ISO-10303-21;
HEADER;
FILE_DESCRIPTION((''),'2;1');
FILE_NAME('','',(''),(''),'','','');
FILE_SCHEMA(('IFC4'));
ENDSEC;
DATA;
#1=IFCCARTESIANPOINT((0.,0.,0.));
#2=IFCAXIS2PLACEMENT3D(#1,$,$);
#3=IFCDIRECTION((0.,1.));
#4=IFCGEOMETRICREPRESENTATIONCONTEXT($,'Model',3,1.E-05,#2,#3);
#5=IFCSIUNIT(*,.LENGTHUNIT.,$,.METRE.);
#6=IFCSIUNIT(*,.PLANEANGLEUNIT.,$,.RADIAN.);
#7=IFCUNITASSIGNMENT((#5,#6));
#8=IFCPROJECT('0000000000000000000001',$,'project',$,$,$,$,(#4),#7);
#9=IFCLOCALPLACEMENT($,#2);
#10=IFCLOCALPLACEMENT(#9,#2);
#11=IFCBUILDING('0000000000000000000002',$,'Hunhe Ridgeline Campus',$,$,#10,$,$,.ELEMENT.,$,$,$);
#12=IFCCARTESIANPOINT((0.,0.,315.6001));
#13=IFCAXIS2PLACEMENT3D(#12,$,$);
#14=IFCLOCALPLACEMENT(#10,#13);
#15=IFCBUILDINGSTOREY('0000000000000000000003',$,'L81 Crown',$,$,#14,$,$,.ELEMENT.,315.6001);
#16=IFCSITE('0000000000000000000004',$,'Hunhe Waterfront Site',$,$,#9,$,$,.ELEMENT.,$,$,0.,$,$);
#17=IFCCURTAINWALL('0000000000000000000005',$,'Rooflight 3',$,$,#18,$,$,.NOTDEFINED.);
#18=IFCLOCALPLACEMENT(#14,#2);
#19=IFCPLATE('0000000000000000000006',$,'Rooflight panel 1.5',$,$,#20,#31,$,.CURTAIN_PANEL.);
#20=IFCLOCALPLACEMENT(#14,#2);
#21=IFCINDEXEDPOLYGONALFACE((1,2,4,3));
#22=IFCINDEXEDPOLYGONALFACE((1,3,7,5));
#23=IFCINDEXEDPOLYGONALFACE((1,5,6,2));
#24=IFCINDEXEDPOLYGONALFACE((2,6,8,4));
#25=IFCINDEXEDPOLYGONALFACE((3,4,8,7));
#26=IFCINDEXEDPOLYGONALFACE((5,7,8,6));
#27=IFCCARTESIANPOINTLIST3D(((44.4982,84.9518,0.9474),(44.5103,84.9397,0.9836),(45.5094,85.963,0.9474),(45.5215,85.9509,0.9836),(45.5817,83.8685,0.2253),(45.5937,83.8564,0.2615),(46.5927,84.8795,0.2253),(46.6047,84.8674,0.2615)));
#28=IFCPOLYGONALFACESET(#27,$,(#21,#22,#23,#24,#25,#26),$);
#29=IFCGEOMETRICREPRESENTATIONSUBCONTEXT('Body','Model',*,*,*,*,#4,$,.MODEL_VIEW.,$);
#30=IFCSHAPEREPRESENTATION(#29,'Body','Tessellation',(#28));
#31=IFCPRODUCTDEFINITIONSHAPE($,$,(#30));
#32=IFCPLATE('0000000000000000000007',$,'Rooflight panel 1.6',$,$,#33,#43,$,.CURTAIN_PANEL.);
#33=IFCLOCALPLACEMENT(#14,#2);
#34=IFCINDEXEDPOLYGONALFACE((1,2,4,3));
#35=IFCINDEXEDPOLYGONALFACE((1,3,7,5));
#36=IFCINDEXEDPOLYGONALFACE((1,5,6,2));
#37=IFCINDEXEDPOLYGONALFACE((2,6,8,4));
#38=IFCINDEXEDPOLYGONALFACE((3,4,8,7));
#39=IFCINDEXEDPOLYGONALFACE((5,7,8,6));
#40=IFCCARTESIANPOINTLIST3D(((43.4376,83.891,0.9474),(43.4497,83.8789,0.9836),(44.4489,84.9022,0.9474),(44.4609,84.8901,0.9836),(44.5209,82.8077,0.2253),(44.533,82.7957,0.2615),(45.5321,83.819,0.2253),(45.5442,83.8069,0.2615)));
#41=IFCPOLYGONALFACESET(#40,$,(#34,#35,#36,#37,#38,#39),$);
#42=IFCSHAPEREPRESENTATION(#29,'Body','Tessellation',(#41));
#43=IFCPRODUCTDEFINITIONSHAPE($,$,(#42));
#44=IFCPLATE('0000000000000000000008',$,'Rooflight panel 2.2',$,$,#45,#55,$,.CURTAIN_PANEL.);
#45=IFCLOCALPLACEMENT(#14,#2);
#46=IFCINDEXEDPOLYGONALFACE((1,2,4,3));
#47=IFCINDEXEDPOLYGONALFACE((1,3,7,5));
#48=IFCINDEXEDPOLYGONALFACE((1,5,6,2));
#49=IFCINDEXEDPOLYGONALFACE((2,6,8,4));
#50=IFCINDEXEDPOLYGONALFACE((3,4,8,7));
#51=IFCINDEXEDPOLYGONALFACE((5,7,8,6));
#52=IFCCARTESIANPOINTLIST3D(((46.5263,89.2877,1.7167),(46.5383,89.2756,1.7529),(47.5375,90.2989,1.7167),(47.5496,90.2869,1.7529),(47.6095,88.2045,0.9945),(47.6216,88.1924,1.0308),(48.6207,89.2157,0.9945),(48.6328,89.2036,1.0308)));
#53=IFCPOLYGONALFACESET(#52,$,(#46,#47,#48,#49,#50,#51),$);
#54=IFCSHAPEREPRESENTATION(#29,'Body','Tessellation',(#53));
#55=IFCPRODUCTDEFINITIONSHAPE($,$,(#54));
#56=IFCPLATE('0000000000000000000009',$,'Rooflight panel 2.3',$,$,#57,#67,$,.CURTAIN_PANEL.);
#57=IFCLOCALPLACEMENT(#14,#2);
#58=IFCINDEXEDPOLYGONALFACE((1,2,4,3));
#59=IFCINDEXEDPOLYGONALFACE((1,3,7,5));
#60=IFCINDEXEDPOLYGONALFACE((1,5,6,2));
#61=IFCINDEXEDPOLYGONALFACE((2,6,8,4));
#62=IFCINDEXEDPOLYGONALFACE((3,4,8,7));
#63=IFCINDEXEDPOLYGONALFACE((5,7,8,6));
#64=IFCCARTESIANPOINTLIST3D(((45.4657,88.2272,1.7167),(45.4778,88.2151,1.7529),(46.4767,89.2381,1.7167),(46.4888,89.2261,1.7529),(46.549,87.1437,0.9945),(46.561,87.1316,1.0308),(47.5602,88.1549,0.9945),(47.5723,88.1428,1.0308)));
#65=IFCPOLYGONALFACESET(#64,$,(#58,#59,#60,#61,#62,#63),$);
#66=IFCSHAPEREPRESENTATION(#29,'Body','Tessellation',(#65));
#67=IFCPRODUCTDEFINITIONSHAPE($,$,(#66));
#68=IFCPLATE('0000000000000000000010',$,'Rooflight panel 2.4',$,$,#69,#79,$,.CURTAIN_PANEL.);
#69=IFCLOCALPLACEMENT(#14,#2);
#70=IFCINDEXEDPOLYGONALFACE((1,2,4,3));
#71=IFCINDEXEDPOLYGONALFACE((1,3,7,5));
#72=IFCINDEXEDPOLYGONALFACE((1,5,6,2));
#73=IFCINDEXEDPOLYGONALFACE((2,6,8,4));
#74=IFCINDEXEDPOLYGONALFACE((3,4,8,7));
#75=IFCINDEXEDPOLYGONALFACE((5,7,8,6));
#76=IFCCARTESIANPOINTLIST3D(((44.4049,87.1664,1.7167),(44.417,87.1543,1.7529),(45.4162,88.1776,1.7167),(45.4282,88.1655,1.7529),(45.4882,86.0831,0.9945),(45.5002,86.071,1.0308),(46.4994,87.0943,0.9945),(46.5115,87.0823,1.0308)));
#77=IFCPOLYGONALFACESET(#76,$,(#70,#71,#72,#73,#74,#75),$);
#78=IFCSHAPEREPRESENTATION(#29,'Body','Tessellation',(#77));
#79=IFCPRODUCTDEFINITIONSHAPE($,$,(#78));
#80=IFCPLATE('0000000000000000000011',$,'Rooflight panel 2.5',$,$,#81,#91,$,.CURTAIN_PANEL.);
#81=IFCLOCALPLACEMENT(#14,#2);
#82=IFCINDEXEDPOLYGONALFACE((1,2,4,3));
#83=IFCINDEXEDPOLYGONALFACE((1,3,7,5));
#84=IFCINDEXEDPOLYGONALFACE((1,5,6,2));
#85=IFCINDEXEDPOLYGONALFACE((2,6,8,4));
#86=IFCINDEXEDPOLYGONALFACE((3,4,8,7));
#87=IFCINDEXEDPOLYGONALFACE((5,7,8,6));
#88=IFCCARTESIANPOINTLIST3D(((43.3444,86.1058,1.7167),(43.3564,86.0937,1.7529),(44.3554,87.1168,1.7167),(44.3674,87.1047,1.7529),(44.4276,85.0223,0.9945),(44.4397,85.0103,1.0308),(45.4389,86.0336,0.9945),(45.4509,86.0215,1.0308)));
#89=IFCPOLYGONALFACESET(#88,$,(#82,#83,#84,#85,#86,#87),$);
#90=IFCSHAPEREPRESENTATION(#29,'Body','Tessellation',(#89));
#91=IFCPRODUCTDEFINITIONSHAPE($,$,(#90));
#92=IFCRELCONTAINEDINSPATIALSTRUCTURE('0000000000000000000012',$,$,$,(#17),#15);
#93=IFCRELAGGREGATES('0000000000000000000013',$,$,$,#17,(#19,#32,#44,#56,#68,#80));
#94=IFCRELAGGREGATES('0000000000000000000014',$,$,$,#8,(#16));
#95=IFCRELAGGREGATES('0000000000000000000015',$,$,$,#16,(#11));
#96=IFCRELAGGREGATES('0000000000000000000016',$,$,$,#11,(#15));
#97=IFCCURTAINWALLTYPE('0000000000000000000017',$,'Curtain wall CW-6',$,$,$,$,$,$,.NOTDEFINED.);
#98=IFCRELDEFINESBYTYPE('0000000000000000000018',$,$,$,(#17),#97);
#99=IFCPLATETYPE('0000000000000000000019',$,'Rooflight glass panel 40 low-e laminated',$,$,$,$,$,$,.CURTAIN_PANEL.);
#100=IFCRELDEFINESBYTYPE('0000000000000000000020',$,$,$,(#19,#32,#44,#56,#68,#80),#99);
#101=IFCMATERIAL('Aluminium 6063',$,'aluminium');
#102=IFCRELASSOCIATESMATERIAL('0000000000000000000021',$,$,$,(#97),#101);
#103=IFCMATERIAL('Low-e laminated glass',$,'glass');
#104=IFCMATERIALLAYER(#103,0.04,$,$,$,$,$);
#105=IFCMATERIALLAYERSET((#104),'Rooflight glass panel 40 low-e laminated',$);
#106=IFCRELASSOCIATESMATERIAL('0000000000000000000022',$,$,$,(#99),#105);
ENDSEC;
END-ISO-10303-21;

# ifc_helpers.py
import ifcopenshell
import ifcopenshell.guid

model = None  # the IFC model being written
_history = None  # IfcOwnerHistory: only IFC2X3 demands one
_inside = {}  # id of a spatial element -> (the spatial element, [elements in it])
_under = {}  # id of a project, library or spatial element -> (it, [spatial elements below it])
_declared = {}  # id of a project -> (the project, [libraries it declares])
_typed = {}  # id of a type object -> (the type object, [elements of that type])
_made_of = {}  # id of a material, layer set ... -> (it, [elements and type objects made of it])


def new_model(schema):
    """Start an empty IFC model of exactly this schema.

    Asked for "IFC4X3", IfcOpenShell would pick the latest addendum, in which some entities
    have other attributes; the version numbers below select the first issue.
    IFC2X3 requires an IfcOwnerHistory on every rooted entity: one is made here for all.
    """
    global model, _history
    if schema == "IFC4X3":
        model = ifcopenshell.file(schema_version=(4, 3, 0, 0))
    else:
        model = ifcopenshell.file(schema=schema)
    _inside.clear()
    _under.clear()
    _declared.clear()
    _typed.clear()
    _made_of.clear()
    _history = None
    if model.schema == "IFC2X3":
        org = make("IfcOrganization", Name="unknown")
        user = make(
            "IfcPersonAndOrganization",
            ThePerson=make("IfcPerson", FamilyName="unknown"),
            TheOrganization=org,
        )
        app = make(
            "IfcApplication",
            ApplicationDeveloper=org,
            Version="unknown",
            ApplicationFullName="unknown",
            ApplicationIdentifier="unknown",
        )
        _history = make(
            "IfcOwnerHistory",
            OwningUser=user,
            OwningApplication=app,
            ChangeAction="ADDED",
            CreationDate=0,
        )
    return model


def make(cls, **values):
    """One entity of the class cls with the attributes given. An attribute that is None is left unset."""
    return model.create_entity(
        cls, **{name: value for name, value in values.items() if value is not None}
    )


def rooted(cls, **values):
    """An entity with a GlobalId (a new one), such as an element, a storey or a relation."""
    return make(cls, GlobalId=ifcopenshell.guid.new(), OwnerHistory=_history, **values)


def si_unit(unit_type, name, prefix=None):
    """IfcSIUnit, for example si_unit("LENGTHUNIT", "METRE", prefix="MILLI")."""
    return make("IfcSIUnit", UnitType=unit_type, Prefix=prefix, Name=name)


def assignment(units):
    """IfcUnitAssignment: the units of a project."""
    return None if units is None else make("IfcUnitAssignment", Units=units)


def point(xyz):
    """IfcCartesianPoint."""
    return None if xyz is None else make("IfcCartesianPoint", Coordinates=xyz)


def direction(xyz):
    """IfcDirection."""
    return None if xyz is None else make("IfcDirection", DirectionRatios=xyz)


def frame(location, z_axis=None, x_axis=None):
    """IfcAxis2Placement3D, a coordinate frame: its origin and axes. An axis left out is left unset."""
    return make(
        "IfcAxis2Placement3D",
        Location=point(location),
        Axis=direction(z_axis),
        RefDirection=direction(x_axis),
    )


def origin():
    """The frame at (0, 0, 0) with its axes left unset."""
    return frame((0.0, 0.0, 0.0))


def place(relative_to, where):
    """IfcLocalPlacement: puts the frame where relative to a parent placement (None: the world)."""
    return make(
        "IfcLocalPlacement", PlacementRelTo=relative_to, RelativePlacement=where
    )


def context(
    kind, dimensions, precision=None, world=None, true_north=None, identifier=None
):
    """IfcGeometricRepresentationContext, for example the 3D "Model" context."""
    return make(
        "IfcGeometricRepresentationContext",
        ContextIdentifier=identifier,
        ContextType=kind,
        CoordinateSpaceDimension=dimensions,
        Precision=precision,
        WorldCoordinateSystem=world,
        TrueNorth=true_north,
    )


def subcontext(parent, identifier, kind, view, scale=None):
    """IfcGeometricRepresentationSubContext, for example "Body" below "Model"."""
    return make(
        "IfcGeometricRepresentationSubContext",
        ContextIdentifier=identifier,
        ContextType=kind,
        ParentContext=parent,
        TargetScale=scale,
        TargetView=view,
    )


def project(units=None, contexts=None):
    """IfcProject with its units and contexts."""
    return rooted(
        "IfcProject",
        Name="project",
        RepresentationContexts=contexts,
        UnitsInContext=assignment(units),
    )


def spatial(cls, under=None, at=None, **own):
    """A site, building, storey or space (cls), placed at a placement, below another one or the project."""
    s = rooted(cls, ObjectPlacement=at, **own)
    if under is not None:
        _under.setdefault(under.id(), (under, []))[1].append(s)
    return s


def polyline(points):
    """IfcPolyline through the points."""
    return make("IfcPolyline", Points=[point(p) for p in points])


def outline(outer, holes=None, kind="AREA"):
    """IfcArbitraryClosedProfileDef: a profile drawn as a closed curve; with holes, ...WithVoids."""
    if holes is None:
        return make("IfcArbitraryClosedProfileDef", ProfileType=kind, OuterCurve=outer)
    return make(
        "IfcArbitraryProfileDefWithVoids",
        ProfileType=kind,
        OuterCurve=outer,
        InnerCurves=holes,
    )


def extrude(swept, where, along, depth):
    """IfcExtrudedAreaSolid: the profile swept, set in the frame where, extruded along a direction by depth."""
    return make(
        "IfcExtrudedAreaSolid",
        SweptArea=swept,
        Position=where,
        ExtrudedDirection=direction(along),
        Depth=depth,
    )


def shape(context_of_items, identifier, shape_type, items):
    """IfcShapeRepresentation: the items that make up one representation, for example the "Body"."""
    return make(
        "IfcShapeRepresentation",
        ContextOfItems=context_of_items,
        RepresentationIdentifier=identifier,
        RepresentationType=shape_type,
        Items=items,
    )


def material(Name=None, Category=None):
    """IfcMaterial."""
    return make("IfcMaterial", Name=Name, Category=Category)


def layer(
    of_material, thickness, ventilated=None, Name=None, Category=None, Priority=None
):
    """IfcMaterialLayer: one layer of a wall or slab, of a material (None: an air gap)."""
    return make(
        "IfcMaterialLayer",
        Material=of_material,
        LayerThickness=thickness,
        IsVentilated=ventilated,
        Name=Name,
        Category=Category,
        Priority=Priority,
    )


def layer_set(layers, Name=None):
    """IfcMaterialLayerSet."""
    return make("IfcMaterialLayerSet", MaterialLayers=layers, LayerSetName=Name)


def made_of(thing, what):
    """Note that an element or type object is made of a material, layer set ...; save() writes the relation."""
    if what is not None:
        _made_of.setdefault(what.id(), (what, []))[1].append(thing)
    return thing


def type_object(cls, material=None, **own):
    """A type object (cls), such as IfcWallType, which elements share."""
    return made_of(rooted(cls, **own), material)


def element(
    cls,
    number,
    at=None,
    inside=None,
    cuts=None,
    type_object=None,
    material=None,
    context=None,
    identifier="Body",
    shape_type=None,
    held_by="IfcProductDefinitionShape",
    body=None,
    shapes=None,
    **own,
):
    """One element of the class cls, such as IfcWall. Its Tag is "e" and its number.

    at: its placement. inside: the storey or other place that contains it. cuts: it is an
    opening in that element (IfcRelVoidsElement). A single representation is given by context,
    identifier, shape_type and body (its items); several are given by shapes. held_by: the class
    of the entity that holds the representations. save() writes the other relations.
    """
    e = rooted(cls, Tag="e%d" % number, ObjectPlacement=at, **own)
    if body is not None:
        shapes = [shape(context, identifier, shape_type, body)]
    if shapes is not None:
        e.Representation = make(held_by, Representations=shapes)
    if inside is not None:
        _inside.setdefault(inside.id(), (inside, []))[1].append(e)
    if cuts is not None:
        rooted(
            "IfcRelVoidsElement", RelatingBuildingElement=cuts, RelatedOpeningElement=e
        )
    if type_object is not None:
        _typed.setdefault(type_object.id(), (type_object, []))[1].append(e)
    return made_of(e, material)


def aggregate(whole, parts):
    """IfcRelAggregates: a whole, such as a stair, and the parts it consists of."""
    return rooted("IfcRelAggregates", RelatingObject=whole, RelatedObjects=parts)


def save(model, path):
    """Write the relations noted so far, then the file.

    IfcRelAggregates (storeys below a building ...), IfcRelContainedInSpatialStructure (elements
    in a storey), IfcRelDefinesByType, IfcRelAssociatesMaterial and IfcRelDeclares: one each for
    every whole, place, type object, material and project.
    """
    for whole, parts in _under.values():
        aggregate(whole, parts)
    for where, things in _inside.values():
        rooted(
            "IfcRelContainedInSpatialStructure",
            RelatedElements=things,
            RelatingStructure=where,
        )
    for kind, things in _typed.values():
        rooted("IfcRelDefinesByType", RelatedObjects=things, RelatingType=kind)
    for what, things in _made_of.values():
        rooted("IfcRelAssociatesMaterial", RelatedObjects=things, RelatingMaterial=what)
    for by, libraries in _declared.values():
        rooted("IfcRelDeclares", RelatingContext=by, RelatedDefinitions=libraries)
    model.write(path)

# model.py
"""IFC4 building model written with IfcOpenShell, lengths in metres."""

from ifc_helpers import new_model, si_unit, direction, frame, origin, place, context, subcontext, project, spatial, polyline, outline, extrude, material, layer, layer_set, type_object, element, aggregate, save


model = new_model("IFC4")

# Units and contexts
model_context = context("Model", 3, precision=1e-05, world=origin(), true_north=direction((0.0, 1.0)))
body_context = subcontext(model_context, "Body", "Model", "MODEL_VIEW")
ifc_project = project(units=[si_unit("LENGTHUNIT", "METRE"), si_unit("PLANEANGLEUNIT", "RADIAN")], contexts=[model_context])

# Site, building, storey
site_placement = place(None, origin())
site = spatial("IfcSite", under=ifc_project, at=site_placement, Name="Hunhe Waterfront Site", CompositionType="ELEMENT", RefElevation=0.0)
building_placement = place(site_placement, origin())
building = spatial("IfcBuilding", under=site, at=building_placement, Name="Hunhe Ridgeline Campus", CompositionType="ELEMENT")
storey_placement = place(building_placement, frame((0.0, 0.0, 315.6001)))
storey = spatial("IfcBuildingStorey", under=building, at=storey_placement, Name="L81 Crown", CompositionType="ELEMENT", Elevation=315.6001)

# Curtain wall, plates
ifc_material_1 = material(Name="Aluminium 6063", Category="aluminium")
curtain_wall_type = type_object("IfcCurtainWallType", Name="Curtain wall CW-6", PredefinedType="NOTDEFINED", material=ifc_material_1)
curtain_wall_placement = place(storey_placement, origin())
curtain_wall = element("IfcCurtainWall", 1, at=curtain_wall_placement, inside=storey, type_object=curtain_wall_type, Name="Rooflight 3", PredefinedType="NOTDEFINED")
ifc_material_2 = material(Name="Low-e laminated glass", Category="glass")
ifc_layer = layer(ifc_material_2, 0.04)
ifc_layer_set = layer_set([ifc_layer], Name="Rooflight glass panel 40 low-e laminated")
plate_type = type_object("IfcPlateType", Name="Rooflight glass panel 40 low-e laminated", PredefinedType="CURTAIN_PANEL", material=ifc_layer_set)
plate_1_placement = place(storey_placement, frame((46.6047, 84.8674, 0.2615), z_axis=(0.301484, -0.301484, 0.904553), x_axis=(-0.639543, 0.639687, 0.426362)))
plate_1 = element("IfcPlate", 2, at=plate_1_placement, type_object=plate_type, Name="Rooflight panel 1.5", PredefinedType="CURTAIN_PANEL", context=body_context, shape_type="SweptSolid", body=[
    extrude(outline(polyline([(0.0, 0.0), (1.6938, 0.0), (1.6936, 1.4301), (-0.0001, 1.4298), (0.0, 0.0)])), origin(), (0.0, 0.0, -1.0), 0.04),
])
plate_2_placement = place(storey_placement, frame((45.5442, 83.8069, 0.2615), z_axis=(0.301511, -0.301511, 0.904534), x_axis=(-0.639602, 0.639602, 0.426401)))
plate_2 = element("IfcPlate", 3, at=plate_2_placement, type_object=plate_type, Name="Rooflight panel 1.6", PredefinedType="CURTAIN_PANEL", context=body_context, shape_type="SweptSolid", body=[
    extrude(outline(polyline([(0.0, 0.0), (1.6936, 0.0), (1.6936, 1.4301), (0.0, 1.4301), (0.0, 0.0)])), origin(), (0.0, 0.0, -1.0), 0.04),
])
plate_3_placement = place(storey_placement, frame((48.6328, 89.2036, 1.0308), z_axis=(0.301511, -0.301511, 0.904534), x_axis=(-0.639602, 0.639602, 0.426401)))
plate_3 = element("IfcPlate", 4, at=plate_3_placement, type_object=plate_type, Name="Rooflight panel 2.2", PredefinedType="CURTAIN_PANEL", context=body_context, shape_type="SweptSolid", body=[
    extrude(outline(polyline([(0.0, 0.0), (1.6936, 0.0), (1.6936, 1.4301), (0.0, 1.4301), (0.0, 0.0)])), origin(), (0.0, 0.0, -1.0), 0.04),
])
plate_4_placement = place(storey_placement, frame((47.5723, 88.1428, 1.0308), z_axis=(0.301484, -0.301484, 0.904553), x_axis=(-0.639687, 0.639543, 0.426362)))
plate_4 = element("IfcPlate", 5, at=plate_4_placement, type_object=plate_type, Name="Rooflight panel 2.3", PredefinedType="CURTAIN_PANEL", context=body_context, shape_type="SweptSolid", body=[
    extrude(outline(polyline([(0.0, 0.0), (1.6938, 0.0), (1.6939, 1.4298), (0.0001, 1.4301), (0.0, 0.0)])), origin(), (0.0, 0.0, -1.0), 0.04),
])
plate_5_placement = place(storey_placement, frame((46.5115, 87.0823, 1.0308), z_axis=(0.301511, -0.301511, 0.904534), x_axis=(-0.639602, 0.639602, 0.426401)))
plate_5 = element("IfcPlate", 6, at=plate_5_placement, type_object=plate_type, Name="Rooflight panel 2.4", PredefinedType="CURTAIN_PANEL", context=body_context, shape_type="SweptSolid", body=[
    extrude(outline(polyline([(0.0, 0.0), (1.6936, 0.0), (1.6936, 1.4301), (0.0, 1.4301), (0.0, 0.0)])), origin(), (0.0, 0.0, -1.0), 0.04),
])
plate_6_placement = place(storey_placement, frame((45.4509, 86.0215, 1.0308), z_axis=(0.301484, -0.301484, 0.904553), x_axis=(-0.639687, 0.639543, 0.426362)))
plate_6 = element("IfcPlate", 7, at=plate_6_placement, type_object=plate_type, Name="Rooflight panel 2.5", PredefinedType="CURTAIN_PANEL", context=body_context, shape_type="SweptSolid", body=[
    extrude(outline(polyline([(0.0, 0.0), (1.6938, 0.0), (1.6939, 1.4298), (0.0001, 1.4301), (0.0, 0.0)])), origin(), (0.0, 0.0, -1.0), 0.04),
])
aggregate(curtain_wall, [plate_1, plate_2, plate_3, plate_4, plate_5, plate_6])

save(model, "model.ifc")
